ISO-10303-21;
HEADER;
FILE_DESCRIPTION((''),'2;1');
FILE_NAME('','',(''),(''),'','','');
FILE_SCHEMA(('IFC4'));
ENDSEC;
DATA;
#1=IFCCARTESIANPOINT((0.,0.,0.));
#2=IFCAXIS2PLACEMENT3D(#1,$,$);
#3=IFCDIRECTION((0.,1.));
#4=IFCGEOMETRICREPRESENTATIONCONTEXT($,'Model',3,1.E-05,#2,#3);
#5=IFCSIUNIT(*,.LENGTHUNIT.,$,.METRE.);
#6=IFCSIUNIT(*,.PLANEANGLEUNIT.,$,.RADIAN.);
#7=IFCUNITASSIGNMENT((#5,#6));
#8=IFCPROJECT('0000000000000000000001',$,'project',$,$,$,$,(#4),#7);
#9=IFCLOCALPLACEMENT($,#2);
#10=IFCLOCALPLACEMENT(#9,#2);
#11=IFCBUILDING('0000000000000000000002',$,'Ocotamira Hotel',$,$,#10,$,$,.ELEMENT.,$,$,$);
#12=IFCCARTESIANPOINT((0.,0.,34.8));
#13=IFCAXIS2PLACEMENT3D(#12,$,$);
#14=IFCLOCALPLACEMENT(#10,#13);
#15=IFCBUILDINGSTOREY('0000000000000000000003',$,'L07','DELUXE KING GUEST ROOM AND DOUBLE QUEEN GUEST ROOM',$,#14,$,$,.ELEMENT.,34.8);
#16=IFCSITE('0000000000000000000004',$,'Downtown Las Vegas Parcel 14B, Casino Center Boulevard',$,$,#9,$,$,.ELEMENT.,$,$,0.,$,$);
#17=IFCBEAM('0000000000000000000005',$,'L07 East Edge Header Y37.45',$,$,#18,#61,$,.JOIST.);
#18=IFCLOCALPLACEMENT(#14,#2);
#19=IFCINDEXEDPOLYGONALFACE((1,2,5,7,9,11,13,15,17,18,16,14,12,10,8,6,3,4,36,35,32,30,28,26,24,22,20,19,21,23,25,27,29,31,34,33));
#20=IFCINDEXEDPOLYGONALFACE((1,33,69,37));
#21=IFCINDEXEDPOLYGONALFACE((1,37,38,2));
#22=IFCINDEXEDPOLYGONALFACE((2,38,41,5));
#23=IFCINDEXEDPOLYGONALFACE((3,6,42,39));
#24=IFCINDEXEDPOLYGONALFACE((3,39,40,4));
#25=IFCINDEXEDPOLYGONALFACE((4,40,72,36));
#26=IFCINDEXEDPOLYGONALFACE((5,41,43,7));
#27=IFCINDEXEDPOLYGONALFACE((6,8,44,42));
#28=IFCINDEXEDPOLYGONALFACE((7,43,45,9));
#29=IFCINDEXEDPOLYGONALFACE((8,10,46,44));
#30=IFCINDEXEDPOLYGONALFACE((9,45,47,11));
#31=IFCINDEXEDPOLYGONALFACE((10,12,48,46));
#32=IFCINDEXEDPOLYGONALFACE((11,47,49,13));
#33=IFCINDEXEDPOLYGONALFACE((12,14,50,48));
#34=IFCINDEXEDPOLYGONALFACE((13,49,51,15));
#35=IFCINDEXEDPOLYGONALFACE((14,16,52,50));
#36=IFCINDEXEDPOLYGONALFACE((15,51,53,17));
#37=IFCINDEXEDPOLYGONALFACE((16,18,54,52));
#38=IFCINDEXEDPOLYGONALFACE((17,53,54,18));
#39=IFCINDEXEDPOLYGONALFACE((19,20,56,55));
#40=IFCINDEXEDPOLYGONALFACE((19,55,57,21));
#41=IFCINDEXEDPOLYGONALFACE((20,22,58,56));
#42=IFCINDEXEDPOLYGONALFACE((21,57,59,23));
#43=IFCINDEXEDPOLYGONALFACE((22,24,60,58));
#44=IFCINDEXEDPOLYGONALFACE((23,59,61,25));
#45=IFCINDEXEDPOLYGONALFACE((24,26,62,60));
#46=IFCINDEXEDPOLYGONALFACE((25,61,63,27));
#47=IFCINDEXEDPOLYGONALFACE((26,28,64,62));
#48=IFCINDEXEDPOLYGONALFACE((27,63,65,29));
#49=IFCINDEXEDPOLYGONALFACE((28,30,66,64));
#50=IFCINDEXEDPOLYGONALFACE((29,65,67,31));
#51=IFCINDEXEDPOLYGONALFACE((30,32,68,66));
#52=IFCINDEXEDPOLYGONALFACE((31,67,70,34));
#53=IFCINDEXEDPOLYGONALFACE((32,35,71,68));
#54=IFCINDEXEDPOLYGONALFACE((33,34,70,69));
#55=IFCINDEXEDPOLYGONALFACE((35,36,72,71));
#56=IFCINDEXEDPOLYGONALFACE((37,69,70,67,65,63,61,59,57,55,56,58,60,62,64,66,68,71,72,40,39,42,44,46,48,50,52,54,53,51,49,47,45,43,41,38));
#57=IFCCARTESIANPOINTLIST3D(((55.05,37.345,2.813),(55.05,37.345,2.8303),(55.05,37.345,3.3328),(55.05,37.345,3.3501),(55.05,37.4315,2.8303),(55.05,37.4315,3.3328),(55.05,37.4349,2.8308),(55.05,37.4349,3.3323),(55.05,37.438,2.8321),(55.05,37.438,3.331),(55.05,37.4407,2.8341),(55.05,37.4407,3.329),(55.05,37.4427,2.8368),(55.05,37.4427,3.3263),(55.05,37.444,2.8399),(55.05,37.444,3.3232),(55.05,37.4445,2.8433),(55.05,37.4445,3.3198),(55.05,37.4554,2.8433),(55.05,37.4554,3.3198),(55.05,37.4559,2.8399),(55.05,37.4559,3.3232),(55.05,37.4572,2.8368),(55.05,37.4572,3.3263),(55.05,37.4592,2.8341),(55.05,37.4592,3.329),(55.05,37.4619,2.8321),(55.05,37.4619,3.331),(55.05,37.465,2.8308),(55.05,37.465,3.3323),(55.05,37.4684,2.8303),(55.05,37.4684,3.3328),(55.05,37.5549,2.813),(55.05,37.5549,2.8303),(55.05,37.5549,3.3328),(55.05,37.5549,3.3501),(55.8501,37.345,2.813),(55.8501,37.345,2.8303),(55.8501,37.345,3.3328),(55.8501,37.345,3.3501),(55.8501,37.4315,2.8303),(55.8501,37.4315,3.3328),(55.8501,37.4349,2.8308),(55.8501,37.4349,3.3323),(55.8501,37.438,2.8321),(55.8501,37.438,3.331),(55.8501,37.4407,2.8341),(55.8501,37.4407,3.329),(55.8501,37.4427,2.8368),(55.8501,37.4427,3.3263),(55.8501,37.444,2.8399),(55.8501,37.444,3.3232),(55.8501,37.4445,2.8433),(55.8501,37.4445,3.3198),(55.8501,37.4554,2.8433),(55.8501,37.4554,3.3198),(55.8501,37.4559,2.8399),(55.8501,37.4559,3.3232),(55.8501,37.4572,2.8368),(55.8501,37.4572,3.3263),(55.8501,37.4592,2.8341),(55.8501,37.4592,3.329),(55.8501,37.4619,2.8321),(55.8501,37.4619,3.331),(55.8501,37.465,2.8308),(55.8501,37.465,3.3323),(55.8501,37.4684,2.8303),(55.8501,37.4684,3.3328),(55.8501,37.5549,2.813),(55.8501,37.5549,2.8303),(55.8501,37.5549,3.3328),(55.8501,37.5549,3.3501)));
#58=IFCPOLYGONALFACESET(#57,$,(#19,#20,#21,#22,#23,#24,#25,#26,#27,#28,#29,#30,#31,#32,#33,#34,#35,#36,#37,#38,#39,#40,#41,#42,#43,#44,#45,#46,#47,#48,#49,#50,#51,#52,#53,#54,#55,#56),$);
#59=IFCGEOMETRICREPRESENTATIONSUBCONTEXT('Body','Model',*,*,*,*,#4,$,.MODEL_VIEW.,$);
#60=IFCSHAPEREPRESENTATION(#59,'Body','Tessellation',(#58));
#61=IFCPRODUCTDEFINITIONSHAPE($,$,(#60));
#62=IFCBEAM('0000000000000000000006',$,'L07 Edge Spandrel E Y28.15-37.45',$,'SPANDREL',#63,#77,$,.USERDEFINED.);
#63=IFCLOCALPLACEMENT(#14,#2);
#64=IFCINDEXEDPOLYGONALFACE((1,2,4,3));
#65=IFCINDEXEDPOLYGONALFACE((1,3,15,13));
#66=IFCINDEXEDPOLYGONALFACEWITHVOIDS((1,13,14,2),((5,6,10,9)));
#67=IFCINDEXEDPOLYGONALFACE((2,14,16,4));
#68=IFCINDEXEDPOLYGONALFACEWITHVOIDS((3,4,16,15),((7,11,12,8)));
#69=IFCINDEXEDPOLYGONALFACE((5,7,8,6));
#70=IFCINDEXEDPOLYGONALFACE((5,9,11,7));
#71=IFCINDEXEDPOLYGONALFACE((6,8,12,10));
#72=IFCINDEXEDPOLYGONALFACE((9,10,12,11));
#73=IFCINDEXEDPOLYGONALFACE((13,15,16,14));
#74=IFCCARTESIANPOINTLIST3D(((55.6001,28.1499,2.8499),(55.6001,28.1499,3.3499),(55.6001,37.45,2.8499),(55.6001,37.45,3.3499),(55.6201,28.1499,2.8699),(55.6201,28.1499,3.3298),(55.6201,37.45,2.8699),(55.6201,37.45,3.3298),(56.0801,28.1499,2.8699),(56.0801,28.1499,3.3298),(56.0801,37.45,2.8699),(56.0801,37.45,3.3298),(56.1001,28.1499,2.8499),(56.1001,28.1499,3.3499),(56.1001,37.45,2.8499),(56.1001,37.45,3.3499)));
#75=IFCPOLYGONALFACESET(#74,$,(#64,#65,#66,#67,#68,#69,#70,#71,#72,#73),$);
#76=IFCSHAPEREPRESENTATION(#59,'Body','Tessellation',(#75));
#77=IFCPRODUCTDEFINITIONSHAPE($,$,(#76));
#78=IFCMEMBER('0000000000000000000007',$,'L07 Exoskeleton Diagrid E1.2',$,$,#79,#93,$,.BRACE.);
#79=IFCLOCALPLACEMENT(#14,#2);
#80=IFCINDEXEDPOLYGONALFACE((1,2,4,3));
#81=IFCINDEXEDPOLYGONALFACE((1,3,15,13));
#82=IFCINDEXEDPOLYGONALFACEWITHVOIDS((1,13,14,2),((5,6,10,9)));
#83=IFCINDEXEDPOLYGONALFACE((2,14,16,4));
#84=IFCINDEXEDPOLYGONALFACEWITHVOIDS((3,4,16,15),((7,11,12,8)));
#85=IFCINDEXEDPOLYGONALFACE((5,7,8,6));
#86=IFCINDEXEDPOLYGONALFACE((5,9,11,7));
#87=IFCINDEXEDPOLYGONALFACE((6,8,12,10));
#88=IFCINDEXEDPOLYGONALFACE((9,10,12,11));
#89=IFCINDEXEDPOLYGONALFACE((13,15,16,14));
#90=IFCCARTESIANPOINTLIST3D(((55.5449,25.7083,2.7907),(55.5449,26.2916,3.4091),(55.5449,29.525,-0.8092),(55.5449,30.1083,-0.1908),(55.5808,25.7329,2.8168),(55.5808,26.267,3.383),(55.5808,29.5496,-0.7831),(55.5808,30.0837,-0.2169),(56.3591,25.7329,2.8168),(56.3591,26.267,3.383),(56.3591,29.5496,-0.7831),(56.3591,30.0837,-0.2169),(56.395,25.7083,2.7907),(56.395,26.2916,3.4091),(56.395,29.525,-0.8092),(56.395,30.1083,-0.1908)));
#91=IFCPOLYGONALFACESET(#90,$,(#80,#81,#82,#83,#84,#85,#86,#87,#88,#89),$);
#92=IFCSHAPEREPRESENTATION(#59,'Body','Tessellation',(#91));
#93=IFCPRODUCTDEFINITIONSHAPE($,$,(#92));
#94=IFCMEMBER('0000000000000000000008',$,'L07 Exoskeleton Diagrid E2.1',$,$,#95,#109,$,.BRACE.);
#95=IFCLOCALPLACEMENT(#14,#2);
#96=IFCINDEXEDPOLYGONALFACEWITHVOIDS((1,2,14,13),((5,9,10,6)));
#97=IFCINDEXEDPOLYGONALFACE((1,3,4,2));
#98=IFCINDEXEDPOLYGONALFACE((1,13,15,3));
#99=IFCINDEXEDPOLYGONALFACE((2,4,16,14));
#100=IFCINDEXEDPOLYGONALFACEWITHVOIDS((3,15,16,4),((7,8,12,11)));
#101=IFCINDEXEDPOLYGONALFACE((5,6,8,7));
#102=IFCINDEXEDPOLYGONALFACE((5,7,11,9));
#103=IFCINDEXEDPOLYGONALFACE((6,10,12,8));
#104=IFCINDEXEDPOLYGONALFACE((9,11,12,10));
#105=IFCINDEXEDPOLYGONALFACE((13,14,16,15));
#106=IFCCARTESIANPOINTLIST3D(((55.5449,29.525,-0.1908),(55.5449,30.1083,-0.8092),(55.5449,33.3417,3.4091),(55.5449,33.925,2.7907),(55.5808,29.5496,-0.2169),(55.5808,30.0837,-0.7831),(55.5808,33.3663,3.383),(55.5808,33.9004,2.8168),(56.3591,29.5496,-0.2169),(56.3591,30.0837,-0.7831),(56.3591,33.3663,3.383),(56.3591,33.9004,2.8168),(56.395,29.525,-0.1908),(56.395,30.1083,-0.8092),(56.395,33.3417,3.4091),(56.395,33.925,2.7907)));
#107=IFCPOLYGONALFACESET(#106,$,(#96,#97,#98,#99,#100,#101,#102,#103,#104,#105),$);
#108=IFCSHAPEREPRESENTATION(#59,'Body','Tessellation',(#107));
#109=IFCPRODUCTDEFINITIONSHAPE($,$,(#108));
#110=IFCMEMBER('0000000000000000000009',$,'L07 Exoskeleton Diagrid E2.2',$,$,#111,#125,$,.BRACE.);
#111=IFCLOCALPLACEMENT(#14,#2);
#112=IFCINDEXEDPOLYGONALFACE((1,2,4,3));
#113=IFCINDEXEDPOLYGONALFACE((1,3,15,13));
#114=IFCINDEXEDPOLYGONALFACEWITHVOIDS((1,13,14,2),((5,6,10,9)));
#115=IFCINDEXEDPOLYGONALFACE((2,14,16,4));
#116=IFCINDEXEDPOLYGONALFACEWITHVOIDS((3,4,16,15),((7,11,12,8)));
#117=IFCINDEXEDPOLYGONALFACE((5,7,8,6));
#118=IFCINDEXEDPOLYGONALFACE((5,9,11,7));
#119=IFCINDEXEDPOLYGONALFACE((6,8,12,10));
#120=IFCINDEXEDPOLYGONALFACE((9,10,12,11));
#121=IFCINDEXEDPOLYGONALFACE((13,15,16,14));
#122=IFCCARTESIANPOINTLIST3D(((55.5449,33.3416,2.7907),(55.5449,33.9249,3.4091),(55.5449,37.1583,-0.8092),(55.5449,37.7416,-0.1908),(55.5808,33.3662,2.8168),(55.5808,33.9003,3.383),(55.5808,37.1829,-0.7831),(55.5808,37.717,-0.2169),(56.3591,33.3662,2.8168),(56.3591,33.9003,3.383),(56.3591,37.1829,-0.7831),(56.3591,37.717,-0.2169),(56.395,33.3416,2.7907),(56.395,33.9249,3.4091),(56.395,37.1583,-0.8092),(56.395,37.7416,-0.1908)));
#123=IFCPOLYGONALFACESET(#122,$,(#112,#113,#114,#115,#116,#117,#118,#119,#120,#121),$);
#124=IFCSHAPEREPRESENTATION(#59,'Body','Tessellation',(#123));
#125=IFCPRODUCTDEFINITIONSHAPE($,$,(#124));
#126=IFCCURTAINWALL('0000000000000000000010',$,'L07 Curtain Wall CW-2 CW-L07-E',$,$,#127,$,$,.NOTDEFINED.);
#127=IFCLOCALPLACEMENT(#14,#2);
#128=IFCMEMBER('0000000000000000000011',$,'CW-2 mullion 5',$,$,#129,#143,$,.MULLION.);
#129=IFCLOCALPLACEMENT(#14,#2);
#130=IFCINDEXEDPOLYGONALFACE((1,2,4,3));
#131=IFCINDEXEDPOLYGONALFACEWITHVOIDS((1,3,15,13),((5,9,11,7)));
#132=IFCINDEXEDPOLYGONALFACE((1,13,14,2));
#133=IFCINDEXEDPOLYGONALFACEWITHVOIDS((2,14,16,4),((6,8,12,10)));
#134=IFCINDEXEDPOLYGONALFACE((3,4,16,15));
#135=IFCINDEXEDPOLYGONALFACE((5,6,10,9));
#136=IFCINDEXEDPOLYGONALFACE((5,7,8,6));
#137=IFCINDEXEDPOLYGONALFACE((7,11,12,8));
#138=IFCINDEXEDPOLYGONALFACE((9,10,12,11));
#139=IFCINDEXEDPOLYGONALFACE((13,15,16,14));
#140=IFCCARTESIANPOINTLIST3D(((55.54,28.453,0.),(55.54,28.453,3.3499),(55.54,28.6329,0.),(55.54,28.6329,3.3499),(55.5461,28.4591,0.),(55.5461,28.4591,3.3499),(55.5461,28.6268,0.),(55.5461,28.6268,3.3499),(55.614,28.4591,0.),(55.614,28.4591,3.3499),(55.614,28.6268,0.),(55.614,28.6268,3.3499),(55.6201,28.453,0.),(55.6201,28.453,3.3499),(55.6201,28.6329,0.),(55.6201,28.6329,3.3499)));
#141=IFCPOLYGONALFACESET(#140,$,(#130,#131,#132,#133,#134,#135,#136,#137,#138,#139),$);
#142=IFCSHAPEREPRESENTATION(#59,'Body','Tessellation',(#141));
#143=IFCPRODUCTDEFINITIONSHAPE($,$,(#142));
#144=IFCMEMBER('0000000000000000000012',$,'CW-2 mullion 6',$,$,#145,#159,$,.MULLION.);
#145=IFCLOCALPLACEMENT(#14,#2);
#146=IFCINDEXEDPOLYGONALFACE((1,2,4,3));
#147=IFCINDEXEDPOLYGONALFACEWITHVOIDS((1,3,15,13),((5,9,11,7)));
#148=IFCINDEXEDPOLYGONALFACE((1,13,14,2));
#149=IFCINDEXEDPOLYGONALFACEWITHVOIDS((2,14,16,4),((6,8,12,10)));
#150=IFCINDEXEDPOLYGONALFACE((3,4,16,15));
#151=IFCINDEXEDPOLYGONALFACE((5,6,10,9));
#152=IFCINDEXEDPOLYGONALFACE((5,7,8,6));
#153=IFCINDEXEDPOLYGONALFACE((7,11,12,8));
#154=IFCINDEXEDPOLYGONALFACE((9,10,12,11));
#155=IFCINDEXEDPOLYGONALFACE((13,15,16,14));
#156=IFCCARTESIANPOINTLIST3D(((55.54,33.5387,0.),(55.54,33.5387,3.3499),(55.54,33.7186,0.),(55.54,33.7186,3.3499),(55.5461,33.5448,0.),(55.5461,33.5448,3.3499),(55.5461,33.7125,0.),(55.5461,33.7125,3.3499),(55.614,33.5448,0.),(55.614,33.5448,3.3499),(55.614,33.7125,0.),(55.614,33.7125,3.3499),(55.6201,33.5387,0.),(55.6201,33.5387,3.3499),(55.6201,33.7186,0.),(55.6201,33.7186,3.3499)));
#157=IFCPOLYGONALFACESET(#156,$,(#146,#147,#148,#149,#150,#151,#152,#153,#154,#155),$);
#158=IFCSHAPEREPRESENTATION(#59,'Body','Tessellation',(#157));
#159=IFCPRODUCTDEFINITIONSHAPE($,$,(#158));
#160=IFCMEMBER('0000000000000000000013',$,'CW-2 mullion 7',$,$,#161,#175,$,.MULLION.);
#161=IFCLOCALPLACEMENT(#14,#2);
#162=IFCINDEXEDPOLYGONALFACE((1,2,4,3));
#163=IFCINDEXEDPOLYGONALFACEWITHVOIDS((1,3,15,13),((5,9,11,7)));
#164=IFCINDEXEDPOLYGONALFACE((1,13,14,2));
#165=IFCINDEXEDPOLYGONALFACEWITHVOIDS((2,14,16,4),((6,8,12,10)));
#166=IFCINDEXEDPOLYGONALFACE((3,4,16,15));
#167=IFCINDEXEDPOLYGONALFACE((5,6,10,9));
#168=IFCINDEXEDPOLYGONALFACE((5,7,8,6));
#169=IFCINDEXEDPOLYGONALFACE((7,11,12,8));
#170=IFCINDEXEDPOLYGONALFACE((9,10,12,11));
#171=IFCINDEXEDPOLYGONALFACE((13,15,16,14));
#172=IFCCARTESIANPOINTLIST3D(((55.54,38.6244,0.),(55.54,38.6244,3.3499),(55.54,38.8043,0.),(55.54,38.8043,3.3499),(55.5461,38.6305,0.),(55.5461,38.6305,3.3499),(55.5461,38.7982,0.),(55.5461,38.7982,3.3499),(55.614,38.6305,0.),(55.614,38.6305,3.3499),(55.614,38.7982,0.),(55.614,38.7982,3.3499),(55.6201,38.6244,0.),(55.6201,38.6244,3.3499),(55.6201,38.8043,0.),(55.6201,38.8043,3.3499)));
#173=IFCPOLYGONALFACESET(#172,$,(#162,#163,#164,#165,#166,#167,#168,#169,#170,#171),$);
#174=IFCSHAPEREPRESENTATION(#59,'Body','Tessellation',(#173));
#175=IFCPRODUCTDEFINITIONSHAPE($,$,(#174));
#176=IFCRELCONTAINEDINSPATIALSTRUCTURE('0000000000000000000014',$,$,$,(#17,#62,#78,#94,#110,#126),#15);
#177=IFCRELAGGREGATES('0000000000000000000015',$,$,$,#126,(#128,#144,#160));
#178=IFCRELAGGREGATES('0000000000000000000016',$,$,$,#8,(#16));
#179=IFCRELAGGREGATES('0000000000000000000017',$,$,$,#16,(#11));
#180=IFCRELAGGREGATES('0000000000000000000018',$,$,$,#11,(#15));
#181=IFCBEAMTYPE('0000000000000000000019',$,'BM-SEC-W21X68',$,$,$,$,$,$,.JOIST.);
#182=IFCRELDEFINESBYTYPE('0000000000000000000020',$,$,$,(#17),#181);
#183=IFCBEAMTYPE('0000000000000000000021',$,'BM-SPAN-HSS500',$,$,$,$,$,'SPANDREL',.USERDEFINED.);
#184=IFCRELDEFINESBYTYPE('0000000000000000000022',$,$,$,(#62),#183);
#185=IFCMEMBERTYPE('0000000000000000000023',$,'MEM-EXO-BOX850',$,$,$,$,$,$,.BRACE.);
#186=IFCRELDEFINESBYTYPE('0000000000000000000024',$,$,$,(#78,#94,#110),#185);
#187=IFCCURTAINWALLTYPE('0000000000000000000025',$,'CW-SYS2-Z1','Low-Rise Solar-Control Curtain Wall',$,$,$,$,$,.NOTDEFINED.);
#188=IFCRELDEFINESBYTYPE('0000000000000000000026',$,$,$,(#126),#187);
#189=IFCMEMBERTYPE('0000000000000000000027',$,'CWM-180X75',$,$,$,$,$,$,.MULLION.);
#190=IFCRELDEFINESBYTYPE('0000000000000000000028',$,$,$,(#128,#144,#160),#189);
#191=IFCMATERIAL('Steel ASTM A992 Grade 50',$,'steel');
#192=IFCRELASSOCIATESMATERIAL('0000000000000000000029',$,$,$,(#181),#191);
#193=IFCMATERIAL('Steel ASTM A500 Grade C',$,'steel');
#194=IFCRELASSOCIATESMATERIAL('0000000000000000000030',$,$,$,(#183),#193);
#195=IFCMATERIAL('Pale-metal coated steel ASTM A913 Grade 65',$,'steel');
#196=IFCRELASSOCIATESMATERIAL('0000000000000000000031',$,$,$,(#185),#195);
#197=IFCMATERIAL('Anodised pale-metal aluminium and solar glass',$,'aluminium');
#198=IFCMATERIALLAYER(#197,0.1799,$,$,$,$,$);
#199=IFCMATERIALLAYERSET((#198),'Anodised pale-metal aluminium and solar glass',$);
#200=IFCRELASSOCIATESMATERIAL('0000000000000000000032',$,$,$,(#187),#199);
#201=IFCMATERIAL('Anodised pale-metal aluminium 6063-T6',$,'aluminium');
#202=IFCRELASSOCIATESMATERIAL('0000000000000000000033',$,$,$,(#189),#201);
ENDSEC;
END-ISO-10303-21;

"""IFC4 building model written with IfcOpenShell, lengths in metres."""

from ifc_helpers import new_model, si_unit, direction, frame, origin, origin_2d, place, context, subcontext, project, spatial, hollow_rectangle, i_section, extrude, source, transform, mapped, material, layer, layer_set, material_profile, profile_set, type_object, element, aggregate, save


model = new_model("IFC4")

# Units and contexts
model_context = context("Model", 3, precision=1e-05, world=origin(), true_north=direction((0.0, 1.0)))
body_context = subcontext(model_context, "Body", "Model", "MODEL_VIEW")
ifc_project = project(units=[si_unit("LENGTHUNIT", "METRE"), si_unit("PLANEANGLEUNIT", "RADIAN")], contexts=[model_context])

# Site, building, storey
site_placement = place(None, origin())
site = spatial("IfcSite", under=ifc_project, at=site_placement, Name="Downtown Las Vegas Parcel 14B, Casino Center Boulevard", CompositionType="ELEMENT", RefElevation=0.0)
building_placement = place(site_placement, origin())
building = spatial("IfcBuilding", under=site, at=building_placement, Name="Ocotamira Hotel", CompositionType="ELEMENT")
storey_placement = place(building_placement, frame((0.0, 0.0, 34.8)))
storey = spatial("IfcBuildingStorey", under=building, at=storey_placement, Name="L07", Description="DELUXE KING GUEST ROOM AND DOUBLE QUEEN GUEST ROOM", CompositionType="ELEMENT", Elevation=34.8)

# Beams
ifc_material_1 = material(Name="Steel ASTM A500 Grade C", Category="steel")
ifc_material_2 = material(Name="Steel ASTM A992 Grade 50", Category="steel")
ifc_material_profile_1 = material_profile(ifc_material_2, i_section(OverallWidth=0.21, OverallDepth=0.5371, WebThickness=0.011, FlangeThickness=0.0173, FilletRadius=0.0129, at=origin_2d()), Name="W21X68")
ifc_profile_set_1 = profile_set([ifc_material_profile_1], Name="Steel ASTM A992 Grade 50")
beam_type_1 = type_object("IfcBeamType", Name="BM-SEC-W21X68", PredefinedType="JOIST", material=ifc_profile_set_1)
shared_shape_1 = source(origin(), body_context, "Body", "SweptSolid", [
    extrude(i_section(OverallWidth=0.21, OverallDepth=0.5371, WebThickness=0.011, FlangeThickness=0.0173, FilletRadius=0.0129, at=origin_2d()), origin(), (0.0, 0.0, 1.0), 0.8),
])
for number, where, z_axis, x_axis, name in (
    (1, (55.05, 37.45, 3.0815), (1.0, 0.0, 0.0), (0.0, 1.0, 0.0), "L07 East Edge Header Y37.45"),
):
    element("IfcBeam", number, at=place(storey_placement, frame(where, z_axis=z_axis, x_axis=x_axis)), inside=storey, type_object=beam_type_1, Name=name, PredefinedType="JOIST", context=body_context, shape_type="MappedRepresentation", body=[
        mapped(shared_shape_1, transform((0.0, 0.0, 0.0), scale=1.0)),
    ])
ifc_material_profile_2 = material_profile(ifc_material_1, hollow_rectangle(XDim=0.5, YDim=0.5, WallThickness=0.02, at=origin_2d()), Name="HSS500X500X20")
ifc_profile_set_2 = profile_set([ifc_material_profile_2], Name="Steel ASTM A500 Grade C")
beam_type_2 = type_object("IfcBeamType", Name="BM-SPAN-HSS500", ElementType="SPANDREL", PredefinedType="USERDEFINED", material=ifc_profile_set_2)
shared_shape_2 = source(origin(), body_context, "Body", "SweptSolid", [
    extrude(hollow_rectangle(XDim=0.5, YDim=0.5, WallThickness=0.02, at=origin_2d()), origin(), (0.0, 0.0, 1.0), 9.3),
])
beam_1_placement = place(storey_placement, frame((55.8501, 28.1499, 3.0999), z_axis=(0.0, 1.0, 0.0), x_axis=(-1.0, 0.0, 0.0)))
element("IfcBeam", 2, at=beam_1_placement, inside=storey, type_object=beam_type_2, Name="L07 Edge Spandrel E Y28.15-37.45", ObjectType="SPANDREL", PredefinedType="USERDEFINED", context=body_context, shape_type="MappedRepresentation", body=[
    mapped(shared_shape_2, transform((0.0, 0.0, 0.0), scale=1.0)),
])

# Members
ifc_material_3 = material(Name="Pale-metal coated steel ASTM A913 Grade 65", Category="steel")
ifc_material_profile_3 = material_profile(ifc_material_3, hollow_rectangle(XDim=0.8501, YDim=0.8501, WallThickness=0.0359, at=origin_2d()), Name="BOX850X850X36")
ifc_profile_set_3 = profile_set([ifc_material_profile_3], Name="Pale-metal coated steel ASTM A913 Grade 65")
member_type_1 = type_object("IfcMemberType", Name="MEM-EXO-BOX850", PredefinedType="BRACE", material=ifc_profile_set_3)
shared_shape_3 = source(origin(), body_context, "Body", "SweptSolid", [
    extrude(hollow_rectangle(XDim=0.8501, YDim=0.8501, WallThickness=0.0359, at=origin_2d()), origin(), (0.0, 0.0, 1.0), 5.2466),
])
for number, where, z_axis, x_axis, name in (
    (3, (55.97, 29.8167, -0.5), (0.0, -0.727466, 0.686144), (1.0, 0.0, 0.0), "L07 Exoskeleton Diagrid E1.2"),
    (4, (55.97, 29.8167, -0.5), (0.0, 0.727466, 0.686144), (-1.0, 0.0, 0.0), "L07 Exoskeleton Diagrid E2.1"),
    (5, (55.97, 37.45, -0.5), (0.0, -0.727466, 0.686144), (1.0, 0.0, 0.0), "L07 Exoskeleton Diagrid E2.2"),
):
    element("IfcMember", number, at=place(storey_placement, frame(where, z_axis=z_axis, x_axis=x_axis)), inside=storey, type_object=member_type_1, Name=name, PredefinedType="BRACE", context=body_context, shape_type="MappedRepresentation", body=[
        mapped(shared_shape_3, transform((0.0, 0.0, 0.0), scale=1.0)),
    ])

# Curtain wall, members
ifc_material_4 = material(Name="Anodised pale-metal aluminium and solar glass", Category="aluminium")
ifc_layer_1 = layer(ifc_material_4, 0.1799)
ifc_layer_set_1 = layer_set([ifc_layer_1], Name="Anodised pale-metal aluminium and solar glass")
curtain_wall_type = type_object("IfcCurtainWallType", Name="CW-SYS2-Z1", Description="Low-Rise Solar-Control Curtain Wall", PredefinedType="NOTDEFINED", material=ifc_layer_set_1)
curtain_wall_placement = place(storey_placement, origin())
curtain_wall = element("IfcCurtainWall", 6, at=curtain_wall_placement, inside=storey, type_object=curtain_wall_type, Name="L07 Curtain Wall CW-2 CW-L07-E", PredefinedType="NOTDEFINED")
ifc_material_5 = material(Name="Anodised pale-metal aluminium 6063-T6", Category="aluminium")
ifc_material_profile_4 = material_profile(ifc_material_5, hollow_rectangle(XDim=0.0801, YDim=0.1799, WallThickness=0.0061, at=origin_2d()), Name="HSS180X80X6")
ifc_profile_set_4 = profile_set([ifc_material_profile_4], Name="Anodised pale-metal aluminium 6063-T6")
member_type_2 = type_object("IfcMemberType", Name="CWM-180X75", PredefinedType="MULLION", material=ifc_profile_set_4)
shared_shape_4 = source(origin(), body_context, "Body", "SweptSolid", [
    extrude(hollow_rectangle(XDim=0.0801, YDim=0.1799, WallThickness=0.0061, at=origin_2d()), origin(), (0.0, 0.0, 1.0), 3.3499),
])
member_1_placement = place(storey_placement, frame((55.5801, 28.543, 0.0), z_axis=(0.0, 0.0, 1.0), x_axis=(-1.0, 0.0, 0.0)))
member_1 = element("IfcMember", 7, at=member_1_placement, type_object=member_type_2, Name="CW-2 mullion 5", PredefinedType="MULLION", context=body_context, shape_type="MappedRepresentation", body=[
    mapped(shared_shape_4, transform((0.0, 0.0, 0.0), scale=1.0)),
])
member_2_placement = place(storey_placement, frame((55.5801, 33.6287, 0.0), z_axis=(0.0, 0.0, 1.0), x_axis=(-1.0, 0.0, 0.0)))
member_2 = element("IfcMember", 8, at=member_2_placement, type_object=member_type_2, Name="CW-2 mullion 6", PredefinedType="MULLION", context=body_context, shape_type="MappedRepresentation", body=[
    mapped(shared_shape_4, transform((0.0, 0.0, 0.0), scale=1.0)),
])
member_3_placement = place(storey_placement, frame((55.5801, 38.7144, 0.0), z_axis=(0.0, 0.0, 1.0), x_axis=(-1.0, 0.0, 0.0)))
member_3 = element("IfcMember", 9, at=member_3_placement, type_object=member_type_2, Name="CW-2 mullion 7", PredefinedType="MULLION", context=body_context, shape_type="MappedRepresentation", body=[
    mapped(shared_shape_4, transform((0.0, 0.0, 0.0), scale=1.0)),
])

aggregate(curtain_wall, [member_1, member_2, member_3])

save(model, "model.ifc")
